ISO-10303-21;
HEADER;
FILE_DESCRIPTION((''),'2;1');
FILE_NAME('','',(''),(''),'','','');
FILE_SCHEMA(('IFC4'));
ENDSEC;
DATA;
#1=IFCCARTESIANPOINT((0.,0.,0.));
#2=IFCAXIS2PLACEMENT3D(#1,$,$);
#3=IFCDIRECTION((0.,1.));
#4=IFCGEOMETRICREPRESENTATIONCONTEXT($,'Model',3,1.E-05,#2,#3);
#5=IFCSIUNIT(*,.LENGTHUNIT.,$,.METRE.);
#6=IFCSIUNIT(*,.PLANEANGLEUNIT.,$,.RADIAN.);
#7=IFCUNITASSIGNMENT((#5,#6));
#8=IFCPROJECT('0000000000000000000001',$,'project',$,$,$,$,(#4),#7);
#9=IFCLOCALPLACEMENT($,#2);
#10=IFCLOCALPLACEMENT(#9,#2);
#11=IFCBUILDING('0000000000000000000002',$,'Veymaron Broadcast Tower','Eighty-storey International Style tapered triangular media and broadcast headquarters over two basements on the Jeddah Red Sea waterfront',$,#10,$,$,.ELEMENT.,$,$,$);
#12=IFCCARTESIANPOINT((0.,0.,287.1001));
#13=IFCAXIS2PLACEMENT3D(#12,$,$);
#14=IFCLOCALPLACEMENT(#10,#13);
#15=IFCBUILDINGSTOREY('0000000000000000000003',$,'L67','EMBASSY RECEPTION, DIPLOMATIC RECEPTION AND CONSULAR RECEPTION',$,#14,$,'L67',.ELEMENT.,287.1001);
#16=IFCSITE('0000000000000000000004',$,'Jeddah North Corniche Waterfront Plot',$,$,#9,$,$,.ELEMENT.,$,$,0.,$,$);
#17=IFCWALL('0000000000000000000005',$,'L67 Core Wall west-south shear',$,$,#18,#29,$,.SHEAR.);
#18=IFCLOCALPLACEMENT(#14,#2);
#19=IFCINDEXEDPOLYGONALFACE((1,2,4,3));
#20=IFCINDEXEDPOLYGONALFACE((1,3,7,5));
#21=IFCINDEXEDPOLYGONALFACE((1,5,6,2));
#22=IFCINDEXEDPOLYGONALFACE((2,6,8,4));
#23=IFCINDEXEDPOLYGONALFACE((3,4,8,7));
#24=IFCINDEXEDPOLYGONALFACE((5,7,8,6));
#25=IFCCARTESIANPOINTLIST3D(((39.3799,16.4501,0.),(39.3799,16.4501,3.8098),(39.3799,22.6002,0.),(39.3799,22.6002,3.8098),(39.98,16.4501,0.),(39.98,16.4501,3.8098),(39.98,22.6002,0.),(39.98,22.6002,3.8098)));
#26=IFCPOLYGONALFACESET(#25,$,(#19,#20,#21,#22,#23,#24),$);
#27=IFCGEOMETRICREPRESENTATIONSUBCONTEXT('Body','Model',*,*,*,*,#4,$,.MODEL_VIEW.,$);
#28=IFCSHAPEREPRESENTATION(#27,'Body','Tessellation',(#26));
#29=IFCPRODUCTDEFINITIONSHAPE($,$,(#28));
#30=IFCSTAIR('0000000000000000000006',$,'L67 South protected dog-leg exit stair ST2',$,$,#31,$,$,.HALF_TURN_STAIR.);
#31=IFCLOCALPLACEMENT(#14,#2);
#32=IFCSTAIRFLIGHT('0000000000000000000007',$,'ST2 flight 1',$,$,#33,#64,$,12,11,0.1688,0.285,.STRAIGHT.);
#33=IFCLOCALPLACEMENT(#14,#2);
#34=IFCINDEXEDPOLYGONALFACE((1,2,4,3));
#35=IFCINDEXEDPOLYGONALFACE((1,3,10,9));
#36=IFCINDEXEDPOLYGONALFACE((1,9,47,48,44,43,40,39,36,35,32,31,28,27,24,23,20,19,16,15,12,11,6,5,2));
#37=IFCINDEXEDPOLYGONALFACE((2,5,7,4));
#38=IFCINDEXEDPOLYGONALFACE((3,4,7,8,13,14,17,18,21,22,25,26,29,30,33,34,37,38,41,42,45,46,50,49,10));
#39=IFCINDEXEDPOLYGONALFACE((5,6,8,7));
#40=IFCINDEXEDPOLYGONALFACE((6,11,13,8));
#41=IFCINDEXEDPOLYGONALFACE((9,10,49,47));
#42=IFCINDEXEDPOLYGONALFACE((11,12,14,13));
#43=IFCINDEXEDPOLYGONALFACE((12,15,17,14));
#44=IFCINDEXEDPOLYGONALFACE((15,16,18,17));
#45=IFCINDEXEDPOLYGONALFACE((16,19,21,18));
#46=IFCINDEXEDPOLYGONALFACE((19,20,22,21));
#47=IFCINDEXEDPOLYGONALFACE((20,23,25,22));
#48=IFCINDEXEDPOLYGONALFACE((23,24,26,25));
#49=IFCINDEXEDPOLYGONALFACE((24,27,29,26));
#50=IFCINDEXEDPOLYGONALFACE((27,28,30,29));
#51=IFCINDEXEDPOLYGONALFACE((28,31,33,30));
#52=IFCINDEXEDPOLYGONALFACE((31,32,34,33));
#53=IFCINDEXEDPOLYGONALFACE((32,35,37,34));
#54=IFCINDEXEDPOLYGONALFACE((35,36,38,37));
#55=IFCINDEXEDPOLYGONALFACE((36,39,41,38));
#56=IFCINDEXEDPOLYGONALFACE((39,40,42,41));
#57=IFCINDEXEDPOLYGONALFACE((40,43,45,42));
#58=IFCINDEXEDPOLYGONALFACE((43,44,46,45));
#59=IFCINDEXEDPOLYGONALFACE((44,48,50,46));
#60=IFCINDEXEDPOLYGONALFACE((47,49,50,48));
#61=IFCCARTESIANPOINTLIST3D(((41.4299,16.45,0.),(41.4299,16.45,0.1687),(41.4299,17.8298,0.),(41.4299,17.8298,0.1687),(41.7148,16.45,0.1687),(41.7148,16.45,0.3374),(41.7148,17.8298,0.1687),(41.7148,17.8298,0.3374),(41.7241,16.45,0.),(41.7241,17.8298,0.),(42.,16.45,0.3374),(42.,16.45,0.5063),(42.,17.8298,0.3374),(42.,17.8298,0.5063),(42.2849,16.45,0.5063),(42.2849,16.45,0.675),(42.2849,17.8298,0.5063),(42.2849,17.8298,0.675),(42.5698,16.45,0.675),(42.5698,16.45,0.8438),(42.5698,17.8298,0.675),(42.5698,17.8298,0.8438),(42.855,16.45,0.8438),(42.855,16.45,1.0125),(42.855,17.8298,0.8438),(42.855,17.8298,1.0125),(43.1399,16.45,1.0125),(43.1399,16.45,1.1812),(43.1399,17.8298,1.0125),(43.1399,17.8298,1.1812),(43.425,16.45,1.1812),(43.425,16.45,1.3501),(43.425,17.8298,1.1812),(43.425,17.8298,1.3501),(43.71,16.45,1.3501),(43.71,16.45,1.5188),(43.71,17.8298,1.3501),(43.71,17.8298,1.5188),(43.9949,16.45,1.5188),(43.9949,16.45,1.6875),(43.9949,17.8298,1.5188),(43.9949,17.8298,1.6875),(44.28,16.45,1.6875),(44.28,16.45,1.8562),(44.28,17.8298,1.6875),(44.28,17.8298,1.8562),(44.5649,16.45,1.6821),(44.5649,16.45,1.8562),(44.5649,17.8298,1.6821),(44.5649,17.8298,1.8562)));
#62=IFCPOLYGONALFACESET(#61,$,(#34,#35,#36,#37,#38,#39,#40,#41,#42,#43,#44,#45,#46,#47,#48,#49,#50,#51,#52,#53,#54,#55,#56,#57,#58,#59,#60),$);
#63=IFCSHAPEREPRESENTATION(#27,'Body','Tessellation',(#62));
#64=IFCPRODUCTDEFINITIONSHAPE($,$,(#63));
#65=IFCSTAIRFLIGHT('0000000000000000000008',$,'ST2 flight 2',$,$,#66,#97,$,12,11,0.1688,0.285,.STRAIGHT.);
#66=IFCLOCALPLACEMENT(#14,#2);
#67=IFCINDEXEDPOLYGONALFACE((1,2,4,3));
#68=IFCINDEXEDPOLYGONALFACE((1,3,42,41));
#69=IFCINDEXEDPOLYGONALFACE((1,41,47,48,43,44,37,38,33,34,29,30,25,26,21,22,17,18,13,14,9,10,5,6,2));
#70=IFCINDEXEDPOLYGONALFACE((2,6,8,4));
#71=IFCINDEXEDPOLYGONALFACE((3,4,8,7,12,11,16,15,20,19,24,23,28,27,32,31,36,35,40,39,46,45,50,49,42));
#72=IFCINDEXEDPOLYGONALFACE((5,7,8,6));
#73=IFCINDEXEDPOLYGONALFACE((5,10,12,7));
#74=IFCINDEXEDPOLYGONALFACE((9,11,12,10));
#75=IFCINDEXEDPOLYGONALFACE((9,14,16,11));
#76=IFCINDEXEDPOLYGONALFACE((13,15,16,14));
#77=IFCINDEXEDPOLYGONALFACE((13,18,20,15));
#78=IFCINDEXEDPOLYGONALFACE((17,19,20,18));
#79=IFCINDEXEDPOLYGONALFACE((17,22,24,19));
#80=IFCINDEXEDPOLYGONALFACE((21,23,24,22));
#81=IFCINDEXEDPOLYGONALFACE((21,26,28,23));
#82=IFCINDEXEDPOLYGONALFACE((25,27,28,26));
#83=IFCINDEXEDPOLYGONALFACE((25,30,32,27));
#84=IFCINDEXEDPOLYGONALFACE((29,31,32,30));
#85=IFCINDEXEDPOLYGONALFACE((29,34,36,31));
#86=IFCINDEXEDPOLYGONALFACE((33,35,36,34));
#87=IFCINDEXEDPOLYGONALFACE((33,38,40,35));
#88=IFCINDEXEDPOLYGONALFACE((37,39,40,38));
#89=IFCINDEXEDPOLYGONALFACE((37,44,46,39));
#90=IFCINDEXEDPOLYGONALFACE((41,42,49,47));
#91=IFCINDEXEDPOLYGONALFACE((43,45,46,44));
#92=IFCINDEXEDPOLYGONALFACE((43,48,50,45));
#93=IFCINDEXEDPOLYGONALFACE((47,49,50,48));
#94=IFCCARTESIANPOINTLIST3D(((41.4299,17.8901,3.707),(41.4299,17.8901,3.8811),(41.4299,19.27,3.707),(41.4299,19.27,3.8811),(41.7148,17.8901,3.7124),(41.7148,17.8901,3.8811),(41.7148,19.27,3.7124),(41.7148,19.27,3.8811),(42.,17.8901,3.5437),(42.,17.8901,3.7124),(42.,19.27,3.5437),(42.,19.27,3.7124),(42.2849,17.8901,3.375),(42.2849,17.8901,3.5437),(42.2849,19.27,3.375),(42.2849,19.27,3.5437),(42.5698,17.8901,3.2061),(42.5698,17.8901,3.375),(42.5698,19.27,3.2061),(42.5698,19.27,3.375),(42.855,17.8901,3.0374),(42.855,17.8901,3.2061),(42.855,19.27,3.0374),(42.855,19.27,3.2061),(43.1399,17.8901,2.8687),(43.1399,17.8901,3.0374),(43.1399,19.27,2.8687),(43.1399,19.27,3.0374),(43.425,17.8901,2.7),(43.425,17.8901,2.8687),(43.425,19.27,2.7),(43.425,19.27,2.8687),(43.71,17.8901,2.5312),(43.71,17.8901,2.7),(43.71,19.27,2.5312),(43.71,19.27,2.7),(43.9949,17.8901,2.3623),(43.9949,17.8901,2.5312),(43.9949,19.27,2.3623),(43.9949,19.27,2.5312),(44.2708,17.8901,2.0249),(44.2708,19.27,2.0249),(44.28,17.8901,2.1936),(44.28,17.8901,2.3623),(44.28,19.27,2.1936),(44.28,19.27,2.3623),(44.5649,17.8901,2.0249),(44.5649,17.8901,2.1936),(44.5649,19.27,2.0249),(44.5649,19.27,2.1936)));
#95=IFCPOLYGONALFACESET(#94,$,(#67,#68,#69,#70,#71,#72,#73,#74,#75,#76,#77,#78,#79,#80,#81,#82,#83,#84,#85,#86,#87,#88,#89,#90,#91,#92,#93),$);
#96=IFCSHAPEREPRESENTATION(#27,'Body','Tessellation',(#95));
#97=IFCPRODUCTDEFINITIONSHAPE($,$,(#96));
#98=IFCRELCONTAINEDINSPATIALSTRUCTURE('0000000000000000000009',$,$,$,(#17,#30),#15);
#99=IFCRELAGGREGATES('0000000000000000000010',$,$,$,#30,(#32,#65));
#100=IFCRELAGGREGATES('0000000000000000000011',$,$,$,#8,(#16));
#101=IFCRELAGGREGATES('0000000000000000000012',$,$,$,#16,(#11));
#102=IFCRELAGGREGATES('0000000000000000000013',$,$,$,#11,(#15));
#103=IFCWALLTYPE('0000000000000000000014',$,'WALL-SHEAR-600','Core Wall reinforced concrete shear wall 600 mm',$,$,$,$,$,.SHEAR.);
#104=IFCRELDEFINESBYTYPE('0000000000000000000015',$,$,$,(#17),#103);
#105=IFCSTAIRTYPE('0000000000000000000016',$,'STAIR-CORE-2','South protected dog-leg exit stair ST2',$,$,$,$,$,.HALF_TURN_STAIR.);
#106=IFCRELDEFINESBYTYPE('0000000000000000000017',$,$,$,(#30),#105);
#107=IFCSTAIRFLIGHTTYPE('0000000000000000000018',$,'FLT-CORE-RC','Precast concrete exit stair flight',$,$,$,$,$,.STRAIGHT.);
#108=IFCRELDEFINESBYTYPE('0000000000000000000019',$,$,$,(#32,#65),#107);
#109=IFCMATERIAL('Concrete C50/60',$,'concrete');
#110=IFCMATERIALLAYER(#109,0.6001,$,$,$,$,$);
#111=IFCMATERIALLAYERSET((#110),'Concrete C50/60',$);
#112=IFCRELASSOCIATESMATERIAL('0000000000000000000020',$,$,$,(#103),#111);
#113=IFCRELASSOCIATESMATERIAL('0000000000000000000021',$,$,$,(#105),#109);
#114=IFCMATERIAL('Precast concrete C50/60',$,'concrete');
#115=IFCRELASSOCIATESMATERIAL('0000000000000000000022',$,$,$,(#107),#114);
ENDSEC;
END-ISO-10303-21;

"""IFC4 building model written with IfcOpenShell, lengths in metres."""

from ifc_helpers import new_model, si_unit, direction, frame, frame_2d, origin, place, context, subcontext, project, spatial, polyline, rectangle, outline, extrude, material, layer, layer_set, type_object, element, aggregate, save


model = new_model("IFC4")

# Units and contexts
model_context = context("Model", 3, precision=1e-05, world=origin(), true_north=direction((0.0, 1.0)))
body_context = subcontext(model_context, "Body", "Model", "MODEL_VIEW")
ifc_project = project(units=[si_unit("LENGTHUNIT", "METRE"), si_unit("PLANEANGLEUNIT", "RADIAN")], contexts=[model_context])

# Site, building, storey
site_placement = place(None, origin())
site = spatial("IfcSite", under=ifc_project, at=site_placement, Name="Jeddah North Corniche Waterfront Plot", CompositionType="ELEMENT", RefElevation=0.0)
building_placement = place(site_placement, origin())
building = spatial("IfcBuilding", under=site, at=building_placement, Name="Veymaron Broadcast Tower", Description="Eighty-storey International Style tapered triangular media and broadcast headquarters over two basements on the Jeddah Red Sea waterfront", CompositionType="ELEMENT")
storey_placement = place(building_placement, frame((0.0, 0.0, 287.1001)))
storey = spatial("IfcBuildingStorey", under=building, at=storey_placement, Name="L67", Description="EMBASSY RECEPTION, DIPLOMATIC RECEPTION AND CONSULAR RECEPTION", LongName="L67", CompositionType="ELEMENT", Elevation=287.1001)

# Shared definitions
ifc_material_1 = material(Name="Concrete C50/60", Category="concrete")

# Wall
ifc_layer_1 = layer(ifc_material_1, 0.6001)
ifc_layer_set_1 = layer_set([ifc_layer_1], Name="Concrete C50/60")
wall_type_1 = type_object("IfcWallType", Name="WALL-SHEAR-600", Description="Core Wall reinforced concrete shear wall 600 mm", PredefinedType="SHEAR", material=ifc_layer_set_1)
wall_1_placement = place(storey_placement, frame((39.6799, 16.45, 0.0), z_axis=(0.0, 0.0, 1.0), x_axis=(0.0, 1.0, 0.0)))
element("IfcWall", 1, at=wall_1_placement, inside=storey, type_object=wall_type_1, Name="L67 Core Wall west-south shear", PredefinedType="SHEAR", context=body_context, shape_type="SweptSolid", body=[
    extrude(rectangle(XDim=6.1501, YDim=0.6001, at=frame_2d((3.0752, 0.0))), origin(), (0.0, 0.0, 1.0), 3.8098),
])

# Stair, stair flights
stair_type = type_object("IfcStairType", Name="STAIR-CORE-2", Description="South protected dog-leg exit stair ST2", PredefinedType="HALF_TURN_STAIR", material=ifc_material_1)
stair_placement = place(storey_placement, origin())
stair = element("IfcStair", 2, at=stair_placement, inside=storey, type_object=stair_type, Name="L67 South protected dog-leg exit stair ST2", PredefinedType="HALF_TURN_STAIR")
ifc_material_2 = material(Name="Precast concrete C50/60", Category="concrete")
stair_flight_type = type_object("IfcStairFlightType", Name="FLT-CORE-RC", Description="Precast concrete exit stair flight", PredefinedType="STRAIGHT", material=ifc_material_2)
stair_flight_1_placement = place(storey_placement, frame((41.4299, 17.1399, 0.0), z_axis=(0.0, 0.0, 1.0), x_axis=(1.0, 0.0, 0.0)))
stair_flight_1 = element("IfcStairFlight", 3, at=stair_flight_1_placement, type_object=stair_flight_type, Name="ST2 flight 1", NumberOfRisers=12, NumberOfTreads=11, PredefinedType="STRAIGHT", RiserHeight=0.1688, TreadLength=0.285, context=body_context, shape_type="SweptSolid", body=[
    extrude(outline(polyline([(0.0, 0.0), (0.0, 0.1687), (0.2849, 0.1687), (0.2849, 0.3374), (0.5701, 0.3374), (0.5701, 0.5063), (0.855, 0.5063), (0.855, 0.675), (1.1399, 0.675), (1.1399, 0.8438), (1.425, 0.8438), (1.425, 1.0125), (1.71, 1.0125), (1.71, 1.1812), (1.9951, 1.1812), (1.9951, 1.3501), (2.28, 1.3501), (2.28, 1.5188), (2.5649, 1.5188), (2.5649, 1.6875), (2.8501, 1.6875), (2.8501, 1.8562), (3.135, 1.8562), (3.135, 2.0249), (3.135, 1.6821), (0.2942, 0.0), (0.0, 0.0)])), frame((0.0, 0.6899, 0.0), z_axis=(0.0, -1.0, 0.0), x_axis=(1.0, 0.0, 0.0)), (0.0, 0.0, 1.0), 1.3799),
])
stair_flight_2_placement = place(storey_placement, frame((44.5649, 18.5801, 2.0249), z_axis=(0.0, 0.0, 1.0), x_axis=(-1.0, 0.0, 0.0)))
stair_flight_2 = element("IfcStairFlight", 4, at=stair_flight_2_placement, type_object=stair_flight_type, Name="ST2 flight 2", NumberOfRisers=12, NumberOfTreads=11, PredefinedType="STRAIGHT", RiserHeight=0.1688, TreadLength=0.285, context=body_context, shape_type="SweptSolid", body=[
    extrude(outline(polyline([(0.0, 0.0), (0.0, 0.1687), (0.2849, 0.1687), (0.2849, 0.3374), (0.5701, 0.3374), (0.5701, 0.5063), (0.855, 0.5063), (0.855, 0.675), (1.1399, 0.675), (1.1399, 0.8438), (1.425, 0.8438), (1.425, 1.0125), (1.71, 1.0125), (1.71, 1.1812), (1.9951, 1.1812), (1.9951, 1.3501), (2.28, 1.3501), (2.28, 1.5188), (2.5649, 1.5188), (2.5649, 1.6875), (2.8501, 1.6875), (2.8501, 1.8562), (3.135, 1.8562), (3.135, 2.0249), (3.135, 1.6821), (0.2942, 0.0), (0.0, 0.0)])), frame((0.0, 0.6899, 0.0), z_axis=(0.0, -1.0, 0.0), x_axis=(1.0, 0.0, 0.0)), (0.0, 0.0, 1.0), 1.3799),
])
aggregate(stair, [stair_flight_1, stair_flight_2])

save(model, "model.ifc")
